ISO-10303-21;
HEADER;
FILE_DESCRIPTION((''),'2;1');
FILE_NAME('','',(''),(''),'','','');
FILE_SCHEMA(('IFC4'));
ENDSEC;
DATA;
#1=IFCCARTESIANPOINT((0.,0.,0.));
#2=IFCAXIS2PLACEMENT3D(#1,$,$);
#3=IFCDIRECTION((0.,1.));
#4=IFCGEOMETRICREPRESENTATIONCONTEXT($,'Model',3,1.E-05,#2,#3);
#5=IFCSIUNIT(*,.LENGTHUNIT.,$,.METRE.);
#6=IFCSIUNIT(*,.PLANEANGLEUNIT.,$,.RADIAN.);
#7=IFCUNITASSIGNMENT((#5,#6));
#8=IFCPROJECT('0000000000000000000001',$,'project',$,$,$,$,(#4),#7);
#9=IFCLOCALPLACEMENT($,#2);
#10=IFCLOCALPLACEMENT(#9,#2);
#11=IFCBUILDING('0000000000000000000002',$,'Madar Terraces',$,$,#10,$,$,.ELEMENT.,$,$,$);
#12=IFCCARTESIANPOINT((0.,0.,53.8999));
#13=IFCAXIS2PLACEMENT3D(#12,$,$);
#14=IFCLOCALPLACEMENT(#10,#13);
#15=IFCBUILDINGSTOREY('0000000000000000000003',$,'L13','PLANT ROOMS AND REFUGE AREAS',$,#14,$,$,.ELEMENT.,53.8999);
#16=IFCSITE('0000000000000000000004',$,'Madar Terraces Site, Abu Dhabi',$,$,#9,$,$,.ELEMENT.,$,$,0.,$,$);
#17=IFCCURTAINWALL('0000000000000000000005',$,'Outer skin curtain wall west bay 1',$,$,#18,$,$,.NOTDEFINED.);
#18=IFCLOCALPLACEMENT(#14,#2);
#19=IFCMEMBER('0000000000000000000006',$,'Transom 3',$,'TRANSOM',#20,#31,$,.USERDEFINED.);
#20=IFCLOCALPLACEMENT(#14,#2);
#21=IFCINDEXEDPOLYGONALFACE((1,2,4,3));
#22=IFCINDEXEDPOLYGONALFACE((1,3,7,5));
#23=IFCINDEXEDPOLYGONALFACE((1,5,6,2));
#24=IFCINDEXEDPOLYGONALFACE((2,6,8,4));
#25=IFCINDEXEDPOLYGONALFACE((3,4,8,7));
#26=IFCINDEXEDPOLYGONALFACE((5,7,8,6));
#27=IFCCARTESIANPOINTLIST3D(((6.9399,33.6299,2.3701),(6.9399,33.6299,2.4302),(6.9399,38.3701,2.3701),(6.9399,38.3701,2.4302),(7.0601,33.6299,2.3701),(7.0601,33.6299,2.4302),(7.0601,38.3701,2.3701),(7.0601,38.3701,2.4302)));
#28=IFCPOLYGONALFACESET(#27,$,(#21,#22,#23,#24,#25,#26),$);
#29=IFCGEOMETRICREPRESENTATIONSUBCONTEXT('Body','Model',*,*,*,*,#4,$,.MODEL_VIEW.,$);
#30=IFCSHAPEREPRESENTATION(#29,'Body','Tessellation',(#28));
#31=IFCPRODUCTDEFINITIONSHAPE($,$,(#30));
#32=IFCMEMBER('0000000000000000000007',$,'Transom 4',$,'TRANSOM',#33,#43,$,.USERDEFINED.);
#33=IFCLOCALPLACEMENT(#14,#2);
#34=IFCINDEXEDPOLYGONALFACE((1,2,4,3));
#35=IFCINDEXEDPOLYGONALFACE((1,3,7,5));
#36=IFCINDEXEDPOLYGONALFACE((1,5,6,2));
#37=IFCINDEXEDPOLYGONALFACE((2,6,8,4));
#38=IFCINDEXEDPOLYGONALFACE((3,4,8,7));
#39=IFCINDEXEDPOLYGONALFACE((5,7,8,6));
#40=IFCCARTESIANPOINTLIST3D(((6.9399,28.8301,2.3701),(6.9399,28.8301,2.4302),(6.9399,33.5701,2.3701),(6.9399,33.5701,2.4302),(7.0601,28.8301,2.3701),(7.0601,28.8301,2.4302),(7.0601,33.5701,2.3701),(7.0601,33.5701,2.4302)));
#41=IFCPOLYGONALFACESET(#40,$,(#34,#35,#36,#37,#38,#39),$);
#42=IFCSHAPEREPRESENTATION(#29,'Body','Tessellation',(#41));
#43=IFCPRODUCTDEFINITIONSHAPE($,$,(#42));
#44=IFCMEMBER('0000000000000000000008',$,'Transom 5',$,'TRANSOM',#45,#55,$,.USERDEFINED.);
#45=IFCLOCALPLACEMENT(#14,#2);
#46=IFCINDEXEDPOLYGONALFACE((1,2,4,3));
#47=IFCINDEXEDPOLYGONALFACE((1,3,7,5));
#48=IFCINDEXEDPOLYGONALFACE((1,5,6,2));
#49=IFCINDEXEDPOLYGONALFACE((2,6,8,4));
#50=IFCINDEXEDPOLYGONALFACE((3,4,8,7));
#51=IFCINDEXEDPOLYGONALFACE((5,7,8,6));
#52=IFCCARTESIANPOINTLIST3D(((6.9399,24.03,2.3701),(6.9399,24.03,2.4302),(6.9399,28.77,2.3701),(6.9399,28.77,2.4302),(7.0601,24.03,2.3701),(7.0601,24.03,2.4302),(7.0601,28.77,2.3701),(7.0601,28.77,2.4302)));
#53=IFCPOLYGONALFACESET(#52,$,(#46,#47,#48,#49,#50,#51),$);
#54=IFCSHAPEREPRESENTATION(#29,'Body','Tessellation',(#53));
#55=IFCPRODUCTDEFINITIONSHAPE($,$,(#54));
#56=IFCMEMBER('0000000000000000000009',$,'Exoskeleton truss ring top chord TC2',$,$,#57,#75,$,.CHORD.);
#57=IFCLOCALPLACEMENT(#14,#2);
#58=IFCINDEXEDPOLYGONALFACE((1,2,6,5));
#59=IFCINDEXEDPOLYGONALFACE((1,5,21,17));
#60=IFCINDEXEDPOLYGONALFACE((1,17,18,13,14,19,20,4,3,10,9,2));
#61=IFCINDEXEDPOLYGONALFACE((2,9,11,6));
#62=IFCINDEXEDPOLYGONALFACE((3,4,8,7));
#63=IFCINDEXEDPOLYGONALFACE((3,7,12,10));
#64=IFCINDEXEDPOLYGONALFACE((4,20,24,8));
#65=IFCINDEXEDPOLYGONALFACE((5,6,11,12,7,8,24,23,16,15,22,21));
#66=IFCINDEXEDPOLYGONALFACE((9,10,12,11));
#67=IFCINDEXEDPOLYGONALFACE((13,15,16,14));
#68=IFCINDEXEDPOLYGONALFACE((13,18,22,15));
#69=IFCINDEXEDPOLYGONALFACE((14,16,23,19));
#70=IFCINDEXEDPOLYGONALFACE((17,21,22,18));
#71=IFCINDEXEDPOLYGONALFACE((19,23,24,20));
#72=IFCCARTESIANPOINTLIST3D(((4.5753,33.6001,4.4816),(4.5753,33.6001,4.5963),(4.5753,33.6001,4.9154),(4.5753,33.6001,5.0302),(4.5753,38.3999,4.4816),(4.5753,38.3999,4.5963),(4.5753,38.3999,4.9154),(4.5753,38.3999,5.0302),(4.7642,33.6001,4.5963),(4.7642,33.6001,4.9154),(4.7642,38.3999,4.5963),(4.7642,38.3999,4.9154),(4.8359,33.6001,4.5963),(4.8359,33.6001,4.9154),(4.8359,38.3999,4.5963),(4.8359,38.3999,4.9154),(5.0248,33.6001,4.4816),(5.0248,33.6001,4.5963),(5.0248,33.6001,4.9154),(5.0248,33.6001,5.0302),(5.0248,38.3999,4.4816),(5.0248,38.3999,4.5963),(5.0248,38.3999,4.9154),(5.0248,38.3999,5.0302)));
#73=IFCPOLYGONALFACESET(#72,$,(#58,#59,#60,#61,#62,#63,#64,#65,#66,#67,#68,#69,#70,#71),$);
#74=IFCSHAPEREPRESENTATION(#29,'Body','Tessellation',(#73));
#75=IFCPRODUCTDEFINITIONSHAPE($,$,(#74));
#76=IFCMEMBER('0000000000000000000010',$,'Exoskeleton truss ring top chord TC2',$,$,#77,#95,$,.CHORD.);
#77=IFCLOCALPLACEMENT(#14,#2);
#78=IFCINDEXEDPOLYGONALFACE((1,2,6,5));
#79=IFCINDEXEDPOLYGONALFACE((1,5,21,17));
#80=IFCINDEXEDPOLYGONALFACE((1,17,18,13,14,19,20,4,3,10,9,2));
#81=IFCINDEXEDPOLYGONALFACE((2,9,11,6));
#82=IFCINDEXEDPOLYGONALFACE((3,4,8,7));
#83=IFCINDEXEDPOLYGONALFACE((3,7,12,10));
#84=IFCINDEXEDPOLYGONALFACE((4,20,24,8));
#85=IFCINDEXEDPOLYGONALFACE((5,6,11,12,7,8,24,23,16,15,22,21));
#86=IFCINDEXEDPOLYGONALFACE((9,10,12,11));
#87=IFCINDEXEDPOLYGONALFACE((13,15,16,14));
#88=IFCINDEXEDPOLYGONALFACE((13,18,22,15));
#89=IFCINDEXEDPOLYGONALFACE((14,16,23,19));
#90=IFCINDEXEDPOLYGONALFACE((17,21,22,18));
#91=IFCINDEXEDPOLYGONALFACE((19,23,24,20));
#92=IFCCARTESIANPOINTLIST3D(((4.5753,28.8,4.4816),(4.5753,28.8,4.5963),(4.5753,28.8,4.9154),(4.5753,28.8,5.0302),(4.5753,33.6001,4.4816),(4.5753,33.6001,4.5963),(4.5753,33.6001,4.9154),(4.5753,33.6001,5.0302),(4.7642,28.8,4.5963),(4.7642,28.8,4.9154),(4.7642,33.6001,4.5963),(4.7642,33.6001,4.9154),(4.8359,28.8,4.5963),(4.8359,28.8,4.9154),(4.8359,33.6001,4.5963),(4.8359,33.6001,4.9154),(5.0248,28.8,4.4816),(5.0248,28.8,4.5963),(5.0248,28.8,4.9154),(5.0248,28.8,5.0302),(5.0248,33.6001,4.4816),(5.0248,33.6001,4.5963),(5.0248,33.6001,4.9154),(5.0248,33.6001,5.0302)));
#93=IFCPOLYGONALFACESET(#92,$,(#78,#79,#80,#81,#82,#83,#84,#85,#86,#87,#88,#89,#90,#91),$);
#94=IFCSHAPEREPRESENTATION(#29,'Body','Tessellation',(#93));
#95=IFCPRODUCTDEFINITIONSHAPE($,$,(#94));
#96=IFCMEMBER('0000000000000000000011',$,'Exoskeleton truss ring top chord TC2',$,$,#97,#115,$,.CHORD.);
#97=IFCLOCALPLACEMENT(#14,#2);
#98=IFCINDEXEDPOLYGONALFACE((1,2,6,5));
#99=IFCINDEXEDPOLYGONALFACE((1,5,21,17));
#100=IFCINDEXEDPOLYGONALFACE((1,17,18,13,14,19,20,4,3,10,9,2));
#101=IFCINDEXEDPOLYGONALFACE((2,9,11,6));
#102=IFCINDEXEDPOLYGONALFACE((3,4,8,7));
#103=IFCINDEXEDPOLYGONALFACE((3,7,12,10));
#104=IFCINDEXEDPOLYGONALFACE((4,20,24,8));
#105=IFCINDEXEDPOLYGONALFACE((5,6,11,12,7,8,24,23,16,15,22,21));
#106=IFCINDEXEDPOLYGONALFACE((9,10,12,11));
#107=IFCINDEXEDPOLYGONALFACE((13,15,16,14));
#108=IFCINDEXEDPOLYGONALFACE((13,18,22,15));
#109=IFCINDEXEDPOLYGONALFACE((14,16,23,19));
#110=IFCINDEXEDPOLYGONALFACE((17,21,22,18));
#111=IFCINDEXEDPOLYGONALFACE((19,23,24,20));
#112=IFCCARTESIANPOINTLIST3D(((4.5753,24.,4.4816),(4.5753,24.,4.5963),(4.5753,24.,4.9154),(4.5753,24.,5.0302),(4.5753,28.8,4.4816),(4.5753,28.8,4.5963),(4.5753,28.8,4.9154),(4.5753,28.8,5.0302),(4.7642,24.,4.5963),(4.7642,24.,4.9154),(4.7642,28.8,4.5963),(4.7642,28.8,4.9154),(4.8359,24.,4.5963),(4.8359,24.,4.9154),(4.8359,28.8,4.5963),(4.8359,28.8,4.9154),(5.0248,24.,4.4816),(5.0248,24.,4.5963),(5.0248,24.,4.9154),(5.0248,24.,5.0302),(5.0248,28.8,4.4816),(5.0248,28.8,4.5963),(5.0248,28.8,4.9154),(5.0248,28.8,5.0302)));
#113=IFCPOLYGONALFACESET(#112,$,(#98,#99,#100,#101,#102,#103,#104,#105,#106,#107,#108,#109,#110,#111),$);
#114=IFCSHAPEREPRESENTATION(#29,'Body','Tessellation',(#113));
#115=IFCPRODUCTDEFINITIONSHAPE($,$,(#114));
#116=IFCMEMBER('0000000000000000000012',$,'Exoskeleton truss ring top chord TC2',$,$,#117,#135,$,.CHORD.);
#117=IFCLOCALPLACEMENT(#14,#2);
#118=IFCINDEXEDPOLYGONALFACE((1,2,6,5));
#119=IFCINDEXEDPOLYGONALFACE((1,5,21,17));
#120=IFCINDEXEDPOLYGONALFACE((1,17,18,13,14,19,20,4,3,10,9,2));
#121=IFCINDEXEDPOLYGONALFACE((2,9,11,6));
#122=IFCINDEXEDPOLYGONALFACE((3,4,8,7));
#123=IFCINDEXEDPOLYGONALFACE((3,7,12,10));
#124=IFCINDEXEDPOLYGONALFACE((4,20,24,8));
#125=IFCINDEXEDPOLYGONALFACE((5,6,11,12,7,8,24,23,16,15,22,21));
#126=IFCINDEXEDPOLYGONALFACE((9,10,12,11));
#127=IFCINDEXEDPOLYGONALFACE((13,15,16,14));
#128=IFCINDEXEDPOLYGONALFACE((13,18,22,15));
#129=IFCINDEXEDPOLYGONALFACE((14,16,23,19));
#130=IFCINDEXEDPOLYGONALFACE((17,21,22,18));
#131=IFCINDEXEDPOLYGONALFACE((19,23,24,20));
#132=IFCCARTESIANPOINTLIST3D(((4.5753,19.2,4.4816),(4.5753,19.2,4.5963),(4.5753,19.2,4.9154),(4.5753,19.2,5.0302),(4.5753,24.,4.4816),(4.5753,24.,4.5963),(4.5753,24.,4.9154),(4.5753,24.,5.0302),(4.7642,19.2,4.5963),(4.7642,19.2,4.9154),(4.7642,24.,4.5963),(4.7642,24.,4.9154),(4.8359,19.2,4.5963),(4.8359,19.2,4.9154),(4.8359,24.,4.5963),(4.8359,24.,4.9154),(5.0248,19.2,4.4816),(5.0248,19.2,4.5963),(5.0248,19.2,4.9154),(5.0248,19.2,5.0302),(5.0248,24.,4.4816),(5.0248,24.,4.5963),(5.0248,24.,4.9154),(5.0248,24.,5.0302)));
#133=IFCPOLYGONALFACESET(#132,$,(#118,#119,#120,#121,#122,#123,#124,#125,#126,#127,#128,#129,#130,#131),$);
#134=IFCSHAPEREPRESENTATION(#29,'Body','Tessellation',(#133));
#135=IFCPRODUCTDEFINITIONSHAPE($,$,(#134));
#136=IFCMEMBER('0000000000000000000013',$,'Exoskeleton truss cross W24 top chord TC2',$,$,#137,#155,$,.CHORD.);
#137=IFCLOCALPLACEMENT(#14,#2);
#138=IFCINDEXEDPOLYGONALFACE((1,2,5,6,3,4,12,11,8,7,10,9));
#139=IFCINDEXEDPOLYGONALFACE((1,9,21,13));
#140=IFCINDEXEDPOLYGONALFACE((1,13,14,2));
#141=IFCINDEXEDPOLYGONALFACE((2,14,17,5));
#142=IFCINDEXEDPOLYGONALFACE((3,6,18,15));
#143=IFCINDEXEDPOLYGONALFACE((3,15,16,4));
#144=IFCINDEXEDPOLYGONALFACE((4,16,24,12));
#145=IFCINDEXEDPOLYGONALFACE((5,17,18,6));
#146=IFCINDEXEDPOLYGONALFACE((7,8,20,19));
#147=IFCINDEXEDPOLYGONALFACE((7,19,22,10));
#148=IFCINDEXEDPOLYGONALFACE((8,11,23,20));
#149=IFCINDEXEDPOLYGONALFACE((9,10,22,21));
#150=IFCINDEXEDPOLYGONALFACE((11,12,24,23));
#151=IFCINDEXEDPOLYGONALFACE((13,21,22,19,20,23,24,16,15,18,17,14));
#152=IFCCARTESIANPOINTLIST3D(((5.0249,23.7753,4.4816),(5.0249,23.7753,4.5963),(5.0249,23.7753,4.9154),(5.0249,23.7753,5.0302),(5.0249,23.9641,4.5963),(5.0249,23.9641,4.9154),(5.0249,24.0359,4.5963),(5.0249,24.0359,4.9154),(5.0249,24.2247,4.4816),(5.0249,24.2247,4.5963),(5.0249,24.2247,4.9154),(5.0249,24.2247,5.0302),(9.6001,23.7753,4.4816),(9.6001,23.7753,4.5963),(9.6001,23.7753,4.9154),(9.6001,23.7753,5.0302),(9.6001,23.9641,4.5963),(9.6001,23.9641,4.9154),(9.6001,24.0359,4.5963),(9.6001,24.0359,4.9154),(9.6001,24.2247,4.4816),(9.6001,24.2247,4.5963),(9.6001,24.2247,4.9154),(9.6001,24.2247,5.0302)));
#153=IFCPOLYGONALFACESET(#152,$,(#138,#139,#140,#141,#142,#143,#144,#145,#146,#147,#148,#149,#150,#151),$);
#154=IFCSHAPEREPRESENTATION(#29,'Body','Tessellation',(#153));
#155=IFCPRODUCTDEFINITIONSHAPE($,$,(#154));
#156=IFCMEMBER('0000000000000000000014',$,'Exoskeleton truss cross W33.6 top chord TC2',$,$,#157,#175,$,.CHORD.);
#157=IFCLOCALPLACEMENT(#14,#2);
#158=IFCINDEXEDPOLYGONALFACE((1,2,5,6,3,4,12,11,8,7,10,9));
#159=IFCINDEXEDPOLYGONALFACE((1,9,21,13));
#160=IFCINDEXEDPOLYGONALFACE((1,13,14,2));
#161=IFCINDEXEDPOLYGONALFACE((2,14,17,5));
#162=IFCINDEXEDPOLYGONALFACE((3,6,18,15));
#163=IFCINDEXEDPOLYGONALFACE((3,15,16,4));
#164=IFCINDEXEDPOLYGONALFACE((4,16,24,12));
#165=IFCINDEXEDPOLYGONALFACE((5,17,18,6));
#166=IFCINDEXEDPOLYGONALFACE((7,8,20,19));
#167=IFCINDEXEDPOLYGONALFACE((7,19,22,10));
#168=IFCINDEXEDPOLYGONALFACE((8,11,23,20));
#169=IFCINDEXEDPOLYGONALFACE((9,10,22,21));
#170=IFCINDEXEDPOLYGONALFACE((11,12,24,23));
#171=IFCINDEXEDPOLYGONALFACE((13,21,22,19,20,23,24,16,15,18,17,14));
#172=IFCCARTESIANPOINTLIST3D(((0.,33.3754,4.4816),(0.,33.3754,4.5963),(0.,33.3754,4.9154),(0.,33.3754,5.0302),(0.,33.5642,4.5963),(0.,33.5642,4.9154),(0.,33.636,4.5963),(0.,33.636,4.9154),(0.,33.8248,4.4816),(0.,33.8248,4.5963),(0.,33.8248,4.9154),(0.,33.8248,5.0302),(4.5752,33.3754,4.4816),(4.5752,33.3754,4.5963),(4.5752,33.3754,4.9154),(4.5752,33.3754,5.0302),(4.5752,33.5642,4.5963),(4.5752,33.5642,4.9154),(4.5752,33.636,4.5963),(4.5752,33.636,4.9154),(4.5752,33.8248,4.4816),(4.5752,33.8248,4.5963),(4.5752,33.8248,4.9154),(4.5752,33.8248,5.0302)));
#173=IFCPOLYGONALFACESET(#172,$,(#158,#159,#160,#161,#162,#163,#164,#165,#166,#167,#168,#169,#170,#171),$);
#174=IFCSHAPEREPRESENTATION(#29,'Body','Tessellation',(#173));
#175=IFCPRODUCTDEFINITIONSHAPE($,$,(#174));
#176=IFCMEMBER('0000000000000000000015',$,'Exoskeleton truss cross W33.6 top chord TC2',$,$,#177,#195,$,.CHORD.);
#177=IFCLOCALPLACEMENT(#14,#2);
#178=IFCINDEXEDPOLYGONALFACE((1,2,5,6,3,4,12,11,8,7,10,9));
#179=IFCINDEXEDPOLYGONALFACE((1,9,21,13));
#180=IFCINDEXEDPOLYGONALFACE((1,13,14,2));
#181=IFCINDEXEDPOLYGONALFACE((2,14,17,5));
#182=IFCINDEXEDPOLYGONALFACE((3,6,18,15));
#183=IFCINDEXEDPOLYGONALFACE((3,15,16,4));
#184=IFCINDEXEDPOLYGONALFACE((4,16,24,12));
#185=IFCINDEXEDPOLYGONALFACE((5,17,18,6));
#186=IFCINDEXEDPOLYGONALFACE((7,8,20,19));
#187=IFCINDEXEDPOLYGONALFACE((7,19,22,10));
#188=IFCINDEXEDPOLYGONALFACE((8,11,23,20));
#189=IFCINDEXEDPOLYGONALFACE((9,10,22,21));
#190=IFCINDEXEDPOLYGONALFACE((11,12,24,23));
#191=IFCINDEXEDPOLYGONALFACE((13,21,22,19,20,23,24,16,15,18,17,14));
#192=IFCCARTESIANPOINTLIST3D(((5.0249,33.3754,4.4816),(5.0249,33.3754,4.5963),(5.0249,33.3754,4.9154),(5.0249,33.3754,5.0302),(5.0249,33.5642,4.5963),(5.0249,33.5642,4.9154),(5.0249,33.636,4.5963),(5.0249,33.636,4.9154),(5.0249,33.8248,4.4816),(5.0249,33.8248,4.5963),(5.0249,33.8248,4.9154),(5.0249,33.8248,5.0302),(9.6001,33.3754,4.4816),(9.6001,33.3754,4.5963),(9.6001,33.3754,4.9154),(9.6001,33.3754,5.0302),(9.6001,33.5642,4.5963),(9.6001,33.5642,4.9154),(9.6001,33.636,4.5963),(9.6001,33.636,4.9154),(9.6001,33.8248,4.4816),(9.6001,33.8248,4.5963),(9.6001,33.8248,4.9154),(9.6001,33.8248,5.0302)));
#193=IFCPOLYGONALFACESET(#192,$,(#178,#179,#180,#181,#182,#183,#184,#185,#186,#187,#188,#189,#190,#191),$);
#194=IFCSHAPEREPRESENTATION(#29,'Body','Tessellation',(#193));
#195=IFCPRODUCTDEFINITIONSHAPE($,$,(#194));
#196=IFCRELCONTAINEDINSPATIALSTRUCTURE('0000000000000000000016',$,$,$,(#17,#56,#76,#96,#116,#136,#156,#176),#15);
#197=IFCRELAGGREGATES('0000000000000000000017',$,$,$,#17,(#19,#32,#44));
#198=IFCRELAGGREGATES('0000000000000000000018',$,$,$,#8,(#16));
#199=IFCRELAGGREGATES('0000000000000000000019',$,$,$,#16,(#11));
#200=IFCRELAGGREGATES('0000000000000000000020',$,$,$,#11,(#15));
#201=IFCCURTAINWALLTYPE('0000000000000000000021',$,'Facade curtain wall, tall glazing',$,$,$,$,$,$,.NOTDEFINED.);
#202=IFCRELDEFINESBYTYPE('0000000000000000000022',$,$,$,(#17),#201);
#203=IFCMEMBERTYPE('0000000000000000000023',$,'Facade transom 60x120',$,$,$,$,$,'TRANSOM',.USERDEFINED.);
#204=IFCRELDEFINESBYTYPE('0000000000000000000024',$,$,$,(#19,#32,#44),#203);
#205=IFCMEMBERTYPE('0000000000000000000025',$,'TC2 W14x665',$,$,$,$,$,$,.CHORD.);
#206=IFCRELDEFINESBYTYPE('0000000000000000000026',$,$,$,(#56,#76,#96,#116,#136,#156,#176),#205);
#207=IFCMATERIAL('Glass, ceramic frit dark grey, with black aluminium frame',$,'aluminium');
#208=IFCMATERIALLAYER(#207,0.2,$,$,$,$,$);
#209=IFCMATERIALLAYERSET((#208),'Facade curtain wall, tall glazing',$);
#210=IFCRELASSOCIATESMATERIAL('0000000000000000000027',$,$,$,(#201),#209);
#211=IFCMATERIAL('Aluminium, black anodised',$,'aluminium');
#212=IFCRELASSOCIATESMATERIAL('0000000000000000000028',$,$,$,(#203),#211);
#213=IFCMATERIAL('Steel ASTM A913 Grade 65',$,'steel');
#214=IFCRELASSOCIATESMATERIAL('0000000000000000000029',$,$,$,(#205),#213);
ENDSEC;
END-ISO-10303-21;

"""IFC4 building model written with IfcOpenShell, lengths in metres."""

from ifc_helpers import new_model, si_unit, direction, frame, origin, origin_2d, place, context, subcontext, project, spatial, rectangle, i_section, extrude, material, layer, layer_set, material_profile, profile_set, type_object, element, aggregate, save


model = new_model("IFC4")

# Units and contexts
model_context = context("Model", 3, precision=1e-05, world=origin(), true_north=direction((0.0, 1.0)))
body_context = subcontext(model_context, "Body", "Model", "MODEL_VIEW")
ifc_project = project(units=[si_unit("LENGTHUNIT", "METRE"), si_unit("PLANEANGLEUNIT", "RADIAN")], contexts=[model_context])

# Site, building, storey
site_placement = place(None, origin())
site = spatial("IfcSite", under=ifc_project, at=site_placement, Name="Madar Terraces Site, Abu Dhabi", CompositionType="ELEMENT", RefElevation=0.0)
building_placement = place(site_placement, origin())
building = spatial("IfcBuilding", under=site, at=building_placement, Name="Madar Terraces", CompositionType="ELEMENT")
storey_placement = place(building_placement, frame((0.0, 0.0, 53.8999)))
storey = spatial("IfcBuildingStorey", under=building, at=storey_placement, Name="L13", Description="PLANT ROOMS AND REFUGE AREAS", CompositionType="ELEMENT", Elevation=53.8999)

# Curtain wall, members
ifc_material_1 = material(Name="Glass, ceramic frit dark grey, with black aluminium frame", Category="aluminium")
ifc_layer_1 = layer(ifc_material_1, 0.2)
ifc_layer_set_1 = layer_set([ifc_layer_1], Name="Facade curtain wall, tall glazing")
curtain_wall_type = type_object("IfcCurtainWallType", Name="Facade curtain wall, tall glazing", PredefinedType="NOTDEFINED", material=ifc_layer_set_1)
curtain_wall_placement = place(storey_placement, origin())
curtain_wall = element("IfcCurtainWall", 1, at=curtain_wall_placement, inside=storey, type_object=curtain_wall_type, Name="Outer skin curtain wall west bay 1", PredefinedType="NOTDEFINED")
ifc_material_2 = material(Name="Aluminium, black anodised", Category="aluminium")
ifc_material_profile_1 = material_profile(ifc_material_2, rectangle(XDim=0.1201, YDim=0.0601, at=origin_2d()), Name="Facade transom 60x120")
ifc_profile_set_1 = profile_set([ifc_material_profile_1], Name="Aluminium, black anodised")
member_type_1 = type_object("IfcMemberType", Name="Facade transom 60x120", ElementType="TRANSOM", PredefinedType="USERDEFINED", material=ifc_profile_set_1)
member_1_placement = place(storey_placement, frame((7.0, 38.3701, 2.4001), z_axis=(0.0, -1.0, 0.0), x_axis=(1.0, 0.0, 0.0)))
member_1 = element("IfcMember", 2, at=member_1_placement, type_object=member_type_1, Name="Transom 3", ObjectType="TRANSOM", PredefinedType="USERDEFINED", context=body_context, shape_type="SweptSolid", body=[
    extrude(rectangle(XDim=0.1201, YDim=0.0601, at=origin_2d()), origin(), (0.0, 0.0, 1.0), 4.7402),
])
member_2_placement = place(storey_placement, frame((7.0, 33.5701, 2.4001), z_axis=(0.0, -1.0, 0.0), x_axis=(1.0, 0.0, 0.0)))
member_2 = element("IfcMember", 3, at=member_2_placement, type_object=member_type_1, Name="Transom 4", ObjectType="TRANSOM", PredefinedType="USERDEFINED", context=body_context, shape_type="SweptSolid", body=[
    extrude(rectangle(XDim=0.1201, YDim=0.0601, at=origin_2d()), origin(), (0.0, 0.0, 1.0), 4.74),
])
member_3_placement = place(storey_placement, frame((7.0, 28.77, 2.4001), z_axis=(0.0, -1.0, 0.0), x_axis=(1.0, 0.0, 0.0)))
member_3 = element("IfcMember", 4, at=member_3_placement, type_object=member_type_1, Name="Transom 5", ObjectType="TRANSOM", PredefinedType="USERDEFINED", context=body_context, shape_type="SweptSolid", body=[
    extrude(rectangle(XDim=0.1201, YDim=0.0601, at=origin_2d()), origin(), (0.0, 0.0, 1.0), 4.74),
])

# Members
ifc_material_3 = material(Name="Steel ASTM A913 Grade 65", Category="steel")
ifc_material_profile_2 = material_profile(ifc_material_3, i_section(OverallWidth=0.4495, OverallDepth=0.5486, WebThickness=0.0718, FlangeThickness=0.1147, at=origin_2d()), Name="W14x665")
ifc_profile_set_2 = profile_set([ifc_material_profile_2], Name="Steel ASTM A913 Grade 65")
member_type_2 = type_object("IfcMemberType", Name="TC2 W14x665", PredefinedType="CHORD", material=ifc_profile_set_2)
member_4_placement = place(storey_placement, frame((4.8, 38.3999, 4.7559), z_axis=(0.0, -1.0, 0.0), x_axis=(1.0, 0.0, 0.0)))
element("IfcMember", 5, at=member_4_placement, inside=storey, type_object=member_type_2, Name="Exoskeleton truss ring top chord TC2", PredefinedType="CHORD", context=body_context, shape_type="SweptSolid", body=[
    extrude(i_section(OverallWidth=0.4495, OverallDepth=0.5486, WebThickness=0.0718, FlangeThickness=0.1147, at=origin_2d()), origin(), (0.0, 0.0, 1.0), 4.7998),
])
for number, where, z_axis, x_axis, name in (
    (6, (4.8, 33.6001, 4.7559), (0.0, -1.0, 0.0), (1.0, 0.0, 0.0), "Exoskeleton truss ring top chord TC2"),
    (7, (4.8, 28.8, 4.7559), (0.0, -1.0, 0.0), (1.0, 0.0, 0.0), "Exoskeleton truss ring top chord TC2"),
    (8, (4.8, 24.0, 4.7559), (0.0, -1.0, 0.0), (1.0, 0.0, 0.0), "Exoskeleton truss ring top chord TC2"),
):
    element("IfcMember", number, at=place(storey_placement, frame(where, z_axis=z_axis, x_axis=x_axis)), inside=storey, type_object=member_type_2, Name=name, PredefinedType="CHORD", context=body_context, shape_type="SweptSolid", body=[
        extrude(i_section(OverallWidth=0.4495, OverallDepth=0.5486, WebThickness=0.0718, FlangeThickness=0.1147, at=origin_2d()), origin(), (0.0, 0.0, 1.0), 4.8),
    ])
for number, where, z_axis, x_axis, name in (
    (9, (5.0249, 24.0, 4.7559), (1.0, 0.0, 0.0), (0.0, 1.0, 0.0), "Exoskeleton truss cross W24 top chord TC2"),
    (10, (0.0, 33.6001, 4.7559), (1.0, 0.0, 0.0), (0.0, 1.0, 0.0), "Exoskeleton truss cross W33.6 top chord TC2"),
    (11, (5.0249, 33.6001, 4.7559), (1.0, 0.0, 0.0), (0.0, 1.0, 0.0), "Exoskeleton truss cross W33.6 top chord TC2"),
):
    element("IfcMember", number, at=place(storey_placement, frame(where, z_axis=z_axis, x_axis=x_axis)), inside=storey, type_object=member_type_2, Name=name, PredefinedType="CHORD", context=body_context, shape_type="SweptSolid", body=[
        extrude(i_section(OverallWidth=0.4495, OverallDepth=0.5486, WebThickness=0.0718, FlangeThickness=0.1147, at=origin_2d()), origin(), (0.0, 0.0, 1.0), 4.5752),
    ])

aggregate(curtain_wall, [member_1, member_2, member_3])

save(model, "model.ifc")
